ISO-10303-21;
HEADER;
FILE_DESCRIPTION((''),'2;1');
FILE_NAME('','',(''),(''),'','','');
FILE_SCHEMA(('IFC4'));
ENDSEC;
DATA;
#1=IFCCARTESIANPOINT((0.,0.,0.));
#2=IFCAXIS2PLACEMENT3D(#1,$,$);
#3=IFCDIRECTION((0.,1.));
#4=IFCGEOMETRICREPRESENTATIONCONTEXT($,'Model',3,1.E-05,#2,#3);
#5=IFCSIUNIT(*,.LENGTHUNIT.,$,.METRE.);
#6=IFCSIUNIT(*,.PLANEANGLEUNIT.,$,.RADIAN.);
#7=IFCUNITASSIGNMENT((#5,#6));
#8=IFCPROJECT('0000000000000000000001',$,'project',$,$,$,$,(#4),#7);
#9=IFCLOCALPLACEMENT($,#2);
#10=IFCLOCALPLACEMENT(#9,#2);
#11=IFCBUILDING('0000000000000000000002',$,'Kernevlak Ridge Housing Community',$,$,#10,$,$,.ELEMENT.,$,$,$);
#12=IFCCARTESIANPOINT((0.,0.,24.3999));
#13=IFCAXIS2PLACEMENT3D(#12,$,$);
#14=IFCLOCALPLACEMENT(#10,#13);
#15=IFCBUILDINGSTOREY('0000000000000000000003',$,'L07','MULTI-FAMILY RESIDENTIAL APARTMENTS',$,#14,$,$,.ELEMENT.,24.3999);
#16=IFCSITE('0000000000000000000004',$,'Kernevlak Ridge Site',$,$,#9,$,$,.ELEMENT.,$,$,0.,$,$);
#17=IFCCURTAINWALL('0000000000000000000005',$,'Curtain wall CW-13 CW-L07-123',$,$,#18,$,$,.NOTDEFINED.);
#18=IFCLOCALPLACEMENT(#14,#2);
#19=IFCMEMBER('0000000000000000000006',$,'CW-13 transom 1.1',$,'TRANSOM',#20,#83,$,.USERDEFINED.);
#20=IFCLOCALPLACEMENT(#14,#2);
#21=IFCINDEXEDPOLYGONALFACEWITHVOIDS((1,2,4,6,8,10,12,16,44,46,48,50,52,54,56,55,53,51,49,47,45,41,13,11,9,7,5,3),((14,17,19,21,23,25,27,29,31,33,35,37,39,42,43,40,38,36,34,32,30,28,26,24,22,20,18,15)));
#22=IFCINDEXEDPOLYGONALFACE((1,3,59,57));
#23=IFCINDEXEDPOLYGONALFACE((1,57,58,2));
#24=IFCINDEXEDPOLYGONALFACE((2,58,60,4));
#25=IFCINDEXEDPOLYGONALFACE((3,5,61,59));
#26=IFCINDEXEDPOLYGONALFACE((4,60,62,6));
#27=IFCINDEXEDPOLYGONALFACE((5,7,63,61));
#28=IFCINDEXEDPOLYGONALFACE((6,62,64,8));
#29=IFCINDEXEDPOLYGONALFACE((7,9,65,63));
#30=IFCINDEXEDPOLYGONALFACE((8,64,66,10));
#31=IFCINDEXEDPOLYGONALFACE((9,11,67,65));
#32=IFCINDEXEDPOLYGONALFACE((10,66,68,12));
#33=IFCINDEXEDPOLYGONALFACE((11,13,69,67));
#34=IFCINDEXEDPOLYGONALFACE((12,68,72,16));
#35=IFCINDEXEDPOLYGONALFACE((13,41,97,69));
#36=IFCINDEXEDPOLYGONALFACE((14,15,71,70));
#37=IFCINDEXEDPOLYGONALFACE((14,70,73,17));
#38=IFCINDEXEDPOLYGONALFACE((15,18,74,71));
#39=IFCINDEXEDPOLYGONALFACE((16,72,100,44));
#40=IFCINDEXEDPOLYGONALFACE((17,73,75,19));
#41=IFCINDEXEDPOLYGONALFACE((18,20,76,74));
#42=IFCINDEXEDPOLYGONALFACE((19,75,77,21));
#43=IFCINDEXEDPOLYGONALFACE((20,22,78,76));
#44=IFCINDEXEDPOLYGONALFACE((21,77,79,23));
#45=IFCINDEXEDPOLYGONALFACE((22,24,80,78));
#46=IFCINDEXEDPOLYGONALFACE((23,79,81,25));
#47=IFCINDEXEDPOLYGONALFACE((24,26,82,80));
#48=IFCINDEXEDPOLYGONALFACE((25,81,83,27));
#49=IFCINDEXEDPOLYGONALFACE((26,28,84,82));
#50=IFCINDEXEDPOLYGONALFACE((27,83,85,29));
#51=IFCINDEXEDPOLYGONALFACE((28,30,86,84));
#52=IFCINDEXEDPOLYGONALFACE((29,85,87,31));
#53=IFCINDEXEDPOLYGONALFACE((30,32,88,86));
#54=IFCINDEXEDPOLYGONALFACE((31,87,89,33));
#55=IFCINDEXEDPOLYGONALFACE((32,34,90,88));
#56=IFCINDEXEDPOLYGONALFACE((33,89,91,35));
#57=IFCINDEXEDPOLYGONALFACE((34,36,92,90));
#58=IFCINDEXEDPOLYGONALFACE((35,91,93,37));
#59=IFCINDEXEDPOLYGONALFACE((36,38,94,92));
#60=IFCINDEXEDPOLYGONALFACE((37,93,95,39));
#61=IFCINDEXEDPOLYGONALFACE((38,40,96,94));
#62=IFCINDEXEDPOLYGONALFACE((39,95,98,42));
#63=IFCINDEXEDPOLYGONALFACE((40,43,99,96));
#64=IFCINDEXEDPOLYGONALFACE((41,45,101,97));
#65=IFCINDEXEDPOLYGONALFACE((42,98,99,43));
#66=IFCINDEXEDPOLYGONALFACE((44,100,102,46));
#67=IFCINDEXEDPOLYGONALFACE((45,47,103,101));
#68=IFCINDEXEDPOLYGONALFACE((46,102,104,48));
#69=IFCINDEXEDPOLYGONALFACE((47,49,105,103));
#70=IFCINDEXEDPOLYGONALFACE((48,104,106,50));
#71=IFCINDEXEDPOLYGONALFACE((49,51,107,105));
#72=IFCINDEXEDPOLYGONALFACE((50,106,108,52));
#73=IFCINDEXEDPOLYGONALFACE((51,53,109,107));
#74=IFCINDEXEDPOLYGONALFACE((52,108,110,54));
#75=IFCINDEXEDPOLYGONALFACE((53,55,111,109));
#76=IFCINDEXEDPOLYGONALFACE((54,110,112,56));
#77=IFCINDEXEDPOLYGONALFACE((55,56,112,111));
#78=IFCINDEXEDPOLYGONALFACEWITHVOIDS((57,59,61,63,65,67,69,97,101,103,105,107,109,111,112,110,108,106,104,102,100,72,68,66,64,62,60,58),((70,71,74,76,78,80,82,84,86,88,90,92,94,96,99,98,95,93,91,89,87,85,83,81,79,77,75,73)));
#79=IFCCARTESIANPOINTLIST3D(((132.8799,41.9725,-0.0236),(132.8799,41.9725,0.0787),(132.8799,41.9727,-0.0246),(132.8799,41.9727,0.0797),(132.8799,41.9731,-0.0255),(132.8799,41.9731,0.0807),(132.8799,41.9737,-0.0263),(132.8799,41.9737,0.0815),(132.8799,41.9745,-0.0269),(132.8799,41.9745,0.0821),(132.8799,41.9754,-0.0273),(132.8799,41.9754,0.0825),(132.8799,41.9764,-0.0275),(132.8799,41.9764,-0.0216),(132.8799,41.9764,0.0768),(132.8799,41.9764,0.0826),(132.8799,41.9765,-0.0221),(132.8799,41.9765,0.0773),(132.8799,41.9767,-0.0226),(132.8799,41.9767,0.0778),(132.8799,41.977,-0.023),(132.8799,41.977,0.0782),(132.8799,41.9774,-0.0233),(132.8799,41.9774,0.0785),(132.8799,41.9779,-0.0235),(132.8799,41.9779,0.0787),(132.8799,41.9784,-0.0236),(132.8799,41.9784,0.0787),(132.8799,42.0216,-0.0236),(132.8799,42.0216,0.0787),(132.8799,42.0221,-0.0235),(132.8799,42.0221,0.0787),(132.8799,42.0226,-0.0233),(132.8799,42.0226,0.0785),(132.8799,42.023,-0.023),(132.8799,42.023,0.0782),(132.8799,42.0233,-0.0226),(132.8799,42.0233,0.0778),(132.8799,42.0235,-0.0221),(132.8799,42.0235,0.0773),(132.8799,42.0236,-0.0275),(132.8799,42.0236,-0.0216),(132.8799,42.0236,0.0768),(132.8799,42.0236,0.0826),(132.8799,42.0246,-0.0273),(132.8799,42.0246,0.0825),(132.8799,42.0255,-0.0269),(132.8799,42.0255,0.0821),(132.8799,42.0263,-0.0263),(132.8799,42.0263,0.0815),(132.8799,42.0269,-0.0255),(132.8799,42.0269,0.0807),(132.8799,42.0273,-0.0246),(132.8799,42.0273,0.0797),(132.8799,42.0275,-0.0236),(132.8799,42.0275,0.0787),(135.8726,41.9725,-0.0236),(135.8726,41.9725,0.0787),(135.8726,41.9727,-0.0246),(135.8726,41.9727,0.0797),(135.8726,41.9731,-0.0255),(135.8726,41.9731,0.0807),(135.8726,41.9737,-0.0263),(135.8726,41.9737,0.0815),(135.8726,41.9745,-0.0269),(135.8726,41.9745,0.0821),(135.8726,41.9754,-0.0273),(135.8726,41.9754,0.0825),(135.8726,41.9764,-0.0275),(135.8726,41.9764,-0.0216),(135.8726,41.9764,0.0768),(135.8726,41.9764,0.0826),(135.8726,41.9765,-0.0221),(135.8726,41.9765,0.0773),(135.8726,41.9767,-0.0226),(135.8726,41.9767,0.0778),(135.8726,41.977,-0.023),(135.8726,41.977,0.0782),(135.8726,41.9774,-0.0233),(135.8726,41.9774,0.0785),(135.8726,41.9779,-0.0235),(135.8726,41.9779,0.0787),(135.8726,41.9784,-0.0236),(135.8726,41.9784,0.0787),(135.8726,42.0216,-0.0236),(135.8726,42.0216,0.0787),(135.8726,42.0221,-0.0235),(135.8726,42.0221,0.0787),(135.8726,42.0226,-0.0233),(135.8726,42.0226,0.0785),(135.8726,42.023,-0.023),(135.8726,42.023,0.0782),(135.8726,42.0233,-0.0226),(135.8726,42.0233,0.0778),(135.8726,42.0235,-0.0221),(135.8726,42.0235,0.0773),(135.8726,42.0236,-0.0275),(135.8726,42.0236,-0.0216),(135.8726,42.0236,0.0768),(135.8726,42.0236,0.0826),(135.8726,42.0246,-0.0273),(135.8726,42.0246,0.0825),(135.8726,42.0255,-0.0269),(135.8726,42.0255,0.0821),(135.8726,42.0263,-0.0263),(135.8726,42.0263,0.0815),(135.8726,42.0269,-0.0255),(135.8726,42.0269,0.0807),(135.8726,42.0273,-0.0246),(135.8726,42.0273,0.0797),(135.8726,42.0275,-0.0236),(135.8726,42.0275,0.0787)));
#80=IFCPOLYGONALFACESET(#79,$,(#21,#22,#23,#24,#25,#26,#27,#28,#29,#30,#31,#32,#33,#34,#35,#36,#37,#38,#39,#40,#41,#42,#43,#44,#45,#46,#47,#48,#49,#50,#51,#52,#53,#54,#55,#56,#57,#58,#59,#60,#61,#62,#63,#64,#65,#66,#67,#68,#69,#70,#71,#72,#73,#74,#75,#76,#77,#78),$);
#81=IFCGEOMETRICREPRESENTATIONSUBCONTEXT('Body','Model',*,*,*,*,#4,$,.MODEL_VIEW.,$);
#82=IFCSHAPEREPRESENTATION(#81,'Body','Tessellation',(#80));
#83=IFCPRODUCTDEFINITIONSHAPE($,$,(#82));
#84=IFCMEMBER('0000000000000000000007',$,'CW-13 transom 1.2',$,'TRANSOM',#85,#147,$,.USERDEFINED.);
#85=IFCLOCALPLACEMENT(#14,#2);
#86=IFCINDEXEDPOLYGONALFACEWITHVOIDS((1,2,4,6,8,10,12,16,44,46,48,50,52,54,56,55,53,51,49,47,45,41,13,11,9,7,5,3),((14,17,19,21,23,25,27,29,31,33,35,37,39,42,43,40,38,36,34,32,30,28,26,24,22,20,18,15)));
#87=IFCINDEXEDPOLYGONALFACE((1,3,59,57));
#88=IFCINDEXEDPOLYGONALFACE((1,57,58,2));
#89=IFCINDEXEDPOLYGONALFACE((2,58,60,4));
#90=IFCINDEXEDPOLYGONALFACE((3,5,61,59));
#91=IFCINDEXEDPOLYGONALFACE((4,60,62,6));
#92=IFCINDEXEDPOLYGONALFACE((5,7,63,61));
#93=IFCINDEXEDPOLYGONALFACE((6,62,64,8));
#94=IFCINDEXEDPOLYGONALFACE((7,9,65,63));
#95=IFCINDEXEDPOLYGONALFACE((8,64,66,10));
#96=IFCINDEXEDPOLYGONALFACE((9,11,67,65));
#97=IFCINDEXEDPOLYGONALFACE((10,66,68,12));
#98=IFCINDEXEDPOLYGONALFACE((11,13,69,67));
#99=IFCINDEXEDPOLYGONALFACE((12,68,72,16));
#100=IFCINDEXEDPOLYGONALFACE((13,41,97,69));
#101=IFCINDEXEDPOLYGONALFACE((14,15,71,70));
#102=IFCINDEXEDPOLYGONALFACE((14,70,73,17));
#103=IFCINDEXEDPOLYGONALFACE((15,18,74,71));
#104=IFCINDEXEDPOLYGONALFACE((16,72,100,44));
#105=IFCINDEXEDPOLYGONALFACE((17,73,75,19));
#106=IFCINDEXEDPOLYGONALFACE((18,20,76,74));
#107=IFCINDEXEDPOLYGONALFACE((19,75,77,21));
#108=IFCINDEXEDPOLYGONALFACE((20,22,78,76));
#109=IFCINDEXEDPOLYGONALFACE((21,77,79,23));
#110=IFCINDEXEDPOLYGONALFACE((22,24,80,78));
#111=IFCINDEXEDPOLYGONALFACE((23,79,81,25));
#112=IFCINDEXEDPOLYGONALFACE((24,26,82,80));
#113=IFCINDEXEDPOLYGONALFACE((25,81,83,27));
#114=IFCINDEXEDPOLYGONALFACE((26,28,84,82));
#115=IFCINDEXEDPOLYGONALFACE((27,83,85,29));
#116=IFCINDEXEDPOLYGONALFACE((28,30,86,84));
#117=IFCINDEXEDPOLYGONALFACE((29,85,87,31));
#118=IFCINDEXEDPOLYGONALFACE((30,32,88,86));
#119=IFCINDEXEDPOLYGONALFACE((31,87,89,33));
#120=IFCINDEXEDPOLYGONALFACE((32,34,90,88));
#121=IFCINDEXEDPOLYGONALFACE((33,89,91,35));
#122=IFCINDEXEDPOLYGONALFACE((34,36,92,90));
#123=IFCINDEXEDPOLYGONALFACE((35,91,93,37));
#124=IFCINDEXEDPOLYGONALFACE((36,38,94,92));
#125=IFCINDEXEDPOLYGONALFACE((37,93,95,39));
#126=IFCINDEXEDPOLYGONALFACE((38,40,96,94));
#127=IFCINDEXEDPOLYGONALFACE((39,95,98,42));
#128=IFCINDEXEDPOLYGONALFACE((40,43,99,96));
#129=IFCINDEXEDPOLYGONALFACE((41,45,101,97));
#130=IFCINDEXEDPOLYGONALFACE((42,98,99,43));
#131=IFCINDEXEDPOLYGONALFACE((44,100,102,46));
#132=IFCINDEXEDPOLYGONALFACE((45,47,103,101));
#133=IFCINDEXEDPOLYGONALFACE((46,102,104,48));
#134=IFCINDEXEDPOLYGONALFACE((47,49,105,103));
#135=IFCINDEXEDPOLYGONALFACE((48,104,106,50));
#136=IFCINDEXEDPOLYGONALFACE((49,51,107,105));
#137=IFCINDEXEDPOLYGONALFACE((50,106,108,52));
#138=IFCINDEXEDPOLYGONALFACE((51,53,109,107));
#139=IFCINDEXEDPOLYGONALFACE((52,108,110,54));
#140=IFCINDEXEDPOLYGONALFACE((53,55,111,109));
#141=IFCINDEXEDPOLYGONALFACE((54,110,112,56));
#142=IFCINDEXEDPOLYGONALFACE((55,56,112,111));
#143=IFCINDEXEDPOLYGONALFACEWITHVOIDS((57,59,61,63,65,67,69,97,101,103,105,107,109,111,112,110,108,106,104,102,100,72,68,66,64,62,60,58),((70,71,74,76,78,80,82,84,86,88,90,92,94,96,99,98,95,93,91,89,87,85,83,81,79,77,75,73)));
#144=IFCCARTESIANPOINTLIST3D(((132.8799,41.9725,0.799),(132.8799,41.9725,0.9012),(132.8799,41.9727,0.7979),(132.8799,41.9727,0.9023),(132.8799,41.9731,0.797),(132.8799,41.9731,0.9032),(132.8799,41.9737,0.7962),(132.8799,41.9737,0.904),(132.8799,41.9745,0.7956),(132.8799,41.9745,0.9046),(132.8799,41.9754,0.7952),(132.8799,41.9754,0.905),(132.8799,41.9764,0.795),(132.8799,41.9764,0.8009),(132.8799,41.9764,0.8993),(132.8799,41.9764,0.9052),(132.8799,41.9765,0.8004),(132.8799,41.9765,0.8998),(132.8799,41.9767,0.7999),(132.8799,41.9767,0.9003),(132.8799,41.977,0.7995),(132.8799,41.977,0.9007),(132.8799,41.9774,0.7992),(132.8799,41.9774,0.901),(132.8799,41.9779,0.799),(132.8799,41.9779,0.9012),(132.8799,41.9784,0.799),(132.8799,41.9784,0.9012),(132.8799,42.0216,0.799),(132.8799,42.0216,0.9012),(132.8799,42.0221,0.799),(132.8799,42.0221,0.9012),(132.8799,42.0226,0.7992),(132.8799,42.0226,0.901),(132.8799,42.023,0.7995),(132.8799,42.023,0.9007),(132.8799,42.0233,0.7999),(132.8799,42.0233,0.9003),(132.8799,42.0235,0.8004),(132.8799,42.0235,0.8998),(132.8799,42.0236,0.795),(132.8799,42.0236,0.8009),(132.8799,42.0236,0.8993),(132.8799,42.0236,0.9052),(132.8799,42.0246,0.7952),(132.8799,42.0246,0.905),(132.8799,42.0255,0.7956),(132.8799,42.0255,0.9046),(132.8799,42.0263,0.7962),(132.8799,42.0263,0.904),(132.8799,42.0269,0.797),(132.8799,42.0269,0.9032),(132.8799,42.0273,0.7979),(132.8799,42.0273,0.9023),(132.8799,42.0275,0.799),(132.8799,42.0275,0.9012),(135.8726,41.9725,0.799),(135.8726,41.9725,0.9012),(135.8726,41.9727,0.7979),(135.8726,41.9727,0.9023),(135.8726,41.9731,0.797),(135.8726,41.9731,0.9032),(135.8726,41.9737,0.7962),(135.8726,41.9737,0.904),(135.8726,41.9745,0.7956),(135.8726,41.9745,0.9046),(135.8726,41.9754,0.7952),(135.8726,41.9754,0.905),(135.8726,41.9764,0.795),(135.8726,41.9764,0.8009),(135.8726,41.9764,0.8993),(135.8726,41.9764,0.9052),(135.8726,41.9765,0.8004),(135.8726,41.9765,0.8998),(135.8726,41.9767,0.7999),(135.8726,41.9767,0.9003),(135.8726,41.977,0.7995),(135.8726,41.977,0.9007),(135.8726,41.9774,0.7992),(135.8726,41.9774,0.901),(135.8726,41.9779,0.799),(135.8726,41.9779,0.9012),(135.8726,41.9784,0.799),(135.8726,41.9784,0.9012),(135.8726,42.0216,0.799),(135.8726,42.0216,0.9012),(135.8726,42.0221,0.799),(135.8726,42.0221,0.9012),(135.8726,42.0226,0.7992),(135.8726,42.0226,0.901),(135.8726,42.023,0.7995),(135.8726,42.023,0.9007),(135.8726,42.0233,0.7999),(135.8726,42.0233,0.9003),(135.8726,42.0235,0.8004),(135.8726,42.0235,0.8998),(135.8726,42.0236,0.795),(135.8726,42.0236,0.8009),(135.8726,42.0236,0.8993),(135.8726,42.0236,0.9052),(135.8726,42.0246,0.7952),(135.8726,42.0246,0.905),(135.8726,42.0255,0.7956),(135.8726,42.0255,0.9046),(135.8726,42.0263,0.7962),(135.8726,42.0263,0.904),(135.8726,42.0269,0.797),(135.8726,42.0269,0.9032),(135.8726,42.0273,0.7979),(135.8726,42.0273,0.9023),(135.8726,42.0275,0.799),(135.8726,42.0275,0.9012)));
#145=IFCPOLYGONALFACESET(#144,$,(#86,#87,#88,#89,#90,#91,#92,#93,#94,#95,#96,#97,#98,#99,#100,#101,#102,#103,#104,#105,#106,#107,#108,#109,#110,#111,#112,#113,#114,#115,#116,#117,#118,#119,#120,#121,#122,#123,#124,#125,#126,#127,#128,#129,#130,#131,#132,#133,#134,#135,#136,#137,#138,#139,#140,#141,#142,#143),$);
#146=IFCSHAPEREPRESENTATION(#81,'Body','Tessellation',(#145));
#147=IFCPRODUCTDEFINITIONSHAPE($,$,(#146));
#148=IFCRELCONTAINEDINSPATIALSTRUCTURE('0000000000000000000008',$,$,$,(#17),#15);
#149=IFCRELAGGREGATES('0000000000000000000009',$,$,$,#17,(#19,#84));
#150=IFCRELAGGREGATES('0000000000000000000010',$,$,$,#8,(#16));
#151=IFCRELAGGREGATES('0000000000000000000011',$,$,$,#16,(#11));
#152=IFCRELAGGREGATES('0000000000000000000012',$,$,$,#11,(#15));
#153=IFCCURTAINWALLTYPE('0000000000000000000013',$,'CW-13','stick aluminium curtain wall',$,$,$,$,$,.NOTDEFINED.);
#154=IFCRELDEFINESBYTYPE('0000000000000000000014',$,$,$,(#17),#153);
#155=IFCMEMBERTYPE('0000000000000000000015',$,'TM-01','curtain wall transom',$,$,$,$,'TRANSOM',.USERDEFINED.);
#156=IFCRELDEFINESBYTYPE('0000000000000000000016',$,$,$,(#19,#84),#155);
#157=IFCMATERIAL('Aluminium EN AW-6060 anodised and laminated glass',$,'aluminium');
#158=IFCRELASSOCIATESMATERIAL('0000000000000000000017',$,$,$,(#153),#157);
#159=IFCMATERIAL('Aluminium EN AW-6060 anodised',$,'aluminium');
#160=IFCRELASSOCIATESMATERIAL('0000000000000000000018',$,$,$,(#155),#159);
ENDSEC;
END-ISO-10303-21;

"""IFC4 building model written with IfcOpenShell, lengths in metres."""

from ifc_helpers import new_model, si_unit, direction, frame, origin, origin_2d, place, context, subcontext, project, spatial, hollow_rectangle, extrude, material, material_profile, profile_set, type_object, element, aggregate, save


model = new_model("IFC4")

# Units and contexts
model_context = context("Model", 3, precision=1e-05, world=origin(), true_north=direction((0.0, 1.0)))
body_context = subcontext(model_context, "Body", "Model", "MODEL_VIEW")
ifc_project = project(units=[si_unit("LENGTHUNIT", "METRE"), si_unit("PLANEANGLEUNIT", "RADIAN")], contexts=[model_context])

# Site, building, storey
site_placement = place(None, origin())
site = spatial("IfcSite", under=ifc_project, at=site_placement, Name="Kernevlak Ridge Site", CompositionType="ELEMENT", RefElevation=0.0)
building_placement = place(site_placement, origin())
building = spatial("IfcBuilding", under=site, at=building_placement, Name="Kernevlak Ridge Housing Community", CompositionType="ELEMENT")
storey_placement = place(building_placement, frame((0.0, 0.0, 24.3999)))
storey = spatial("IfcBuildingStorey", under=building, at=storey_placement, Name="L07", Description="MULTI-FAMILY RESIDENTIAL APARTMENTS", CompositionType="ELEMENT", Elevation=24.3999)

# Curtain wall
ifc_material_1 = material(Name="Aluminium EN AW-6060 anodised and laminated glass", Category="aluminium")
curtain_wall_type = type_object("IfcCurtainWallType", Name="CW-13", Description="stick aluminium curtain wall", PredefinedType="NOTDEFINED", material=ifc_material_1)
curtain_wall_placement = place(storey_placement, origin())
curtain_wall = element("IfcCurtainWall", 1, at=curtain_wall_placement, inside=storey, type_object=curtain_wall_type, Name="Curtain wall CW-13 CW-L07-123", PredefinedType="NOTDEFINED")
ifc_material_2 = material(Name="Aluminium EN AW-6060 anodised", Category="aluminium")

# Members
ifc_material_profile_1 = material_profile(ifc_material_2, hollow_rectangle(XDim=0.0549, YDim=0.1101, WallThickness=0.0039, InnerFilletRadius=0.002, OuterFilletRadius=0.0039, at=origin_2d()), Name="ALU 55x110x4")
ifc_profile_set_1 = profile_set([ifc_material_profile_1], Name="Aluminium EN AW-6060 anodised")
member_type_1 = type_object("IfcMemberType", Name="TM-01", Description="curtain wall transom", ElementType="TRANSOM", PredefinedType="USERDEFINED", material=ifc_profile_set_1)
member_1_placement = place(storey_placement, frame((132.8799, 42.0, 0.0276), z_axis=(1.0, 0.0, 0.0), x_axis=(0.0, 1.0, 0.0)))
member_1 = element("IfcMember", 2, at=member_1_placement, type_object=member_type_1, Name="CW-13 transom 1.1", ObjectType="TRANSOM", PredefinedType="USERDEFINED", context=body_context, shape_type="SweptSolid", body=[
    extrude(hollow_rectangle(XDim=0.0549, YDim=0.1101, WallThickness=0.0039, InnerFilletRadius=0.002, OuterFilletRadius=0.0039, at=origin_2d()), origin(), (0.0, 0.0, 1.0), 2.9927),
])
member_2_placement = place(storey_placement, frame((132.8799, 42.0, 0.8501), z_axis=(1.0, 0.0, 0.0), x_axis=(0.0, 1.0, 0.0)))
member_2 = element("IfcMember", 3, at=member_2_placement, type_object=member_type_1, Name="CW-13 transom 1.2", ObjectType="TRANSOM", PredefinedType="USERDEFINED", context=body_context, shape_type="SweptSolid", body=[
    extrude(hollow_rectangle(XDim=0.0549, YDim=0.1101, WallThickness=0.0039, InnerFilletRadius=0.002, OuterFilletRadius=0.0039, at=origin_2d()), origin(), (0.0, 0.0, 1.0), 2.9927),
])
aggregate(curtain_wall, [member_1, member_2])

save(model, "model.ifc")
